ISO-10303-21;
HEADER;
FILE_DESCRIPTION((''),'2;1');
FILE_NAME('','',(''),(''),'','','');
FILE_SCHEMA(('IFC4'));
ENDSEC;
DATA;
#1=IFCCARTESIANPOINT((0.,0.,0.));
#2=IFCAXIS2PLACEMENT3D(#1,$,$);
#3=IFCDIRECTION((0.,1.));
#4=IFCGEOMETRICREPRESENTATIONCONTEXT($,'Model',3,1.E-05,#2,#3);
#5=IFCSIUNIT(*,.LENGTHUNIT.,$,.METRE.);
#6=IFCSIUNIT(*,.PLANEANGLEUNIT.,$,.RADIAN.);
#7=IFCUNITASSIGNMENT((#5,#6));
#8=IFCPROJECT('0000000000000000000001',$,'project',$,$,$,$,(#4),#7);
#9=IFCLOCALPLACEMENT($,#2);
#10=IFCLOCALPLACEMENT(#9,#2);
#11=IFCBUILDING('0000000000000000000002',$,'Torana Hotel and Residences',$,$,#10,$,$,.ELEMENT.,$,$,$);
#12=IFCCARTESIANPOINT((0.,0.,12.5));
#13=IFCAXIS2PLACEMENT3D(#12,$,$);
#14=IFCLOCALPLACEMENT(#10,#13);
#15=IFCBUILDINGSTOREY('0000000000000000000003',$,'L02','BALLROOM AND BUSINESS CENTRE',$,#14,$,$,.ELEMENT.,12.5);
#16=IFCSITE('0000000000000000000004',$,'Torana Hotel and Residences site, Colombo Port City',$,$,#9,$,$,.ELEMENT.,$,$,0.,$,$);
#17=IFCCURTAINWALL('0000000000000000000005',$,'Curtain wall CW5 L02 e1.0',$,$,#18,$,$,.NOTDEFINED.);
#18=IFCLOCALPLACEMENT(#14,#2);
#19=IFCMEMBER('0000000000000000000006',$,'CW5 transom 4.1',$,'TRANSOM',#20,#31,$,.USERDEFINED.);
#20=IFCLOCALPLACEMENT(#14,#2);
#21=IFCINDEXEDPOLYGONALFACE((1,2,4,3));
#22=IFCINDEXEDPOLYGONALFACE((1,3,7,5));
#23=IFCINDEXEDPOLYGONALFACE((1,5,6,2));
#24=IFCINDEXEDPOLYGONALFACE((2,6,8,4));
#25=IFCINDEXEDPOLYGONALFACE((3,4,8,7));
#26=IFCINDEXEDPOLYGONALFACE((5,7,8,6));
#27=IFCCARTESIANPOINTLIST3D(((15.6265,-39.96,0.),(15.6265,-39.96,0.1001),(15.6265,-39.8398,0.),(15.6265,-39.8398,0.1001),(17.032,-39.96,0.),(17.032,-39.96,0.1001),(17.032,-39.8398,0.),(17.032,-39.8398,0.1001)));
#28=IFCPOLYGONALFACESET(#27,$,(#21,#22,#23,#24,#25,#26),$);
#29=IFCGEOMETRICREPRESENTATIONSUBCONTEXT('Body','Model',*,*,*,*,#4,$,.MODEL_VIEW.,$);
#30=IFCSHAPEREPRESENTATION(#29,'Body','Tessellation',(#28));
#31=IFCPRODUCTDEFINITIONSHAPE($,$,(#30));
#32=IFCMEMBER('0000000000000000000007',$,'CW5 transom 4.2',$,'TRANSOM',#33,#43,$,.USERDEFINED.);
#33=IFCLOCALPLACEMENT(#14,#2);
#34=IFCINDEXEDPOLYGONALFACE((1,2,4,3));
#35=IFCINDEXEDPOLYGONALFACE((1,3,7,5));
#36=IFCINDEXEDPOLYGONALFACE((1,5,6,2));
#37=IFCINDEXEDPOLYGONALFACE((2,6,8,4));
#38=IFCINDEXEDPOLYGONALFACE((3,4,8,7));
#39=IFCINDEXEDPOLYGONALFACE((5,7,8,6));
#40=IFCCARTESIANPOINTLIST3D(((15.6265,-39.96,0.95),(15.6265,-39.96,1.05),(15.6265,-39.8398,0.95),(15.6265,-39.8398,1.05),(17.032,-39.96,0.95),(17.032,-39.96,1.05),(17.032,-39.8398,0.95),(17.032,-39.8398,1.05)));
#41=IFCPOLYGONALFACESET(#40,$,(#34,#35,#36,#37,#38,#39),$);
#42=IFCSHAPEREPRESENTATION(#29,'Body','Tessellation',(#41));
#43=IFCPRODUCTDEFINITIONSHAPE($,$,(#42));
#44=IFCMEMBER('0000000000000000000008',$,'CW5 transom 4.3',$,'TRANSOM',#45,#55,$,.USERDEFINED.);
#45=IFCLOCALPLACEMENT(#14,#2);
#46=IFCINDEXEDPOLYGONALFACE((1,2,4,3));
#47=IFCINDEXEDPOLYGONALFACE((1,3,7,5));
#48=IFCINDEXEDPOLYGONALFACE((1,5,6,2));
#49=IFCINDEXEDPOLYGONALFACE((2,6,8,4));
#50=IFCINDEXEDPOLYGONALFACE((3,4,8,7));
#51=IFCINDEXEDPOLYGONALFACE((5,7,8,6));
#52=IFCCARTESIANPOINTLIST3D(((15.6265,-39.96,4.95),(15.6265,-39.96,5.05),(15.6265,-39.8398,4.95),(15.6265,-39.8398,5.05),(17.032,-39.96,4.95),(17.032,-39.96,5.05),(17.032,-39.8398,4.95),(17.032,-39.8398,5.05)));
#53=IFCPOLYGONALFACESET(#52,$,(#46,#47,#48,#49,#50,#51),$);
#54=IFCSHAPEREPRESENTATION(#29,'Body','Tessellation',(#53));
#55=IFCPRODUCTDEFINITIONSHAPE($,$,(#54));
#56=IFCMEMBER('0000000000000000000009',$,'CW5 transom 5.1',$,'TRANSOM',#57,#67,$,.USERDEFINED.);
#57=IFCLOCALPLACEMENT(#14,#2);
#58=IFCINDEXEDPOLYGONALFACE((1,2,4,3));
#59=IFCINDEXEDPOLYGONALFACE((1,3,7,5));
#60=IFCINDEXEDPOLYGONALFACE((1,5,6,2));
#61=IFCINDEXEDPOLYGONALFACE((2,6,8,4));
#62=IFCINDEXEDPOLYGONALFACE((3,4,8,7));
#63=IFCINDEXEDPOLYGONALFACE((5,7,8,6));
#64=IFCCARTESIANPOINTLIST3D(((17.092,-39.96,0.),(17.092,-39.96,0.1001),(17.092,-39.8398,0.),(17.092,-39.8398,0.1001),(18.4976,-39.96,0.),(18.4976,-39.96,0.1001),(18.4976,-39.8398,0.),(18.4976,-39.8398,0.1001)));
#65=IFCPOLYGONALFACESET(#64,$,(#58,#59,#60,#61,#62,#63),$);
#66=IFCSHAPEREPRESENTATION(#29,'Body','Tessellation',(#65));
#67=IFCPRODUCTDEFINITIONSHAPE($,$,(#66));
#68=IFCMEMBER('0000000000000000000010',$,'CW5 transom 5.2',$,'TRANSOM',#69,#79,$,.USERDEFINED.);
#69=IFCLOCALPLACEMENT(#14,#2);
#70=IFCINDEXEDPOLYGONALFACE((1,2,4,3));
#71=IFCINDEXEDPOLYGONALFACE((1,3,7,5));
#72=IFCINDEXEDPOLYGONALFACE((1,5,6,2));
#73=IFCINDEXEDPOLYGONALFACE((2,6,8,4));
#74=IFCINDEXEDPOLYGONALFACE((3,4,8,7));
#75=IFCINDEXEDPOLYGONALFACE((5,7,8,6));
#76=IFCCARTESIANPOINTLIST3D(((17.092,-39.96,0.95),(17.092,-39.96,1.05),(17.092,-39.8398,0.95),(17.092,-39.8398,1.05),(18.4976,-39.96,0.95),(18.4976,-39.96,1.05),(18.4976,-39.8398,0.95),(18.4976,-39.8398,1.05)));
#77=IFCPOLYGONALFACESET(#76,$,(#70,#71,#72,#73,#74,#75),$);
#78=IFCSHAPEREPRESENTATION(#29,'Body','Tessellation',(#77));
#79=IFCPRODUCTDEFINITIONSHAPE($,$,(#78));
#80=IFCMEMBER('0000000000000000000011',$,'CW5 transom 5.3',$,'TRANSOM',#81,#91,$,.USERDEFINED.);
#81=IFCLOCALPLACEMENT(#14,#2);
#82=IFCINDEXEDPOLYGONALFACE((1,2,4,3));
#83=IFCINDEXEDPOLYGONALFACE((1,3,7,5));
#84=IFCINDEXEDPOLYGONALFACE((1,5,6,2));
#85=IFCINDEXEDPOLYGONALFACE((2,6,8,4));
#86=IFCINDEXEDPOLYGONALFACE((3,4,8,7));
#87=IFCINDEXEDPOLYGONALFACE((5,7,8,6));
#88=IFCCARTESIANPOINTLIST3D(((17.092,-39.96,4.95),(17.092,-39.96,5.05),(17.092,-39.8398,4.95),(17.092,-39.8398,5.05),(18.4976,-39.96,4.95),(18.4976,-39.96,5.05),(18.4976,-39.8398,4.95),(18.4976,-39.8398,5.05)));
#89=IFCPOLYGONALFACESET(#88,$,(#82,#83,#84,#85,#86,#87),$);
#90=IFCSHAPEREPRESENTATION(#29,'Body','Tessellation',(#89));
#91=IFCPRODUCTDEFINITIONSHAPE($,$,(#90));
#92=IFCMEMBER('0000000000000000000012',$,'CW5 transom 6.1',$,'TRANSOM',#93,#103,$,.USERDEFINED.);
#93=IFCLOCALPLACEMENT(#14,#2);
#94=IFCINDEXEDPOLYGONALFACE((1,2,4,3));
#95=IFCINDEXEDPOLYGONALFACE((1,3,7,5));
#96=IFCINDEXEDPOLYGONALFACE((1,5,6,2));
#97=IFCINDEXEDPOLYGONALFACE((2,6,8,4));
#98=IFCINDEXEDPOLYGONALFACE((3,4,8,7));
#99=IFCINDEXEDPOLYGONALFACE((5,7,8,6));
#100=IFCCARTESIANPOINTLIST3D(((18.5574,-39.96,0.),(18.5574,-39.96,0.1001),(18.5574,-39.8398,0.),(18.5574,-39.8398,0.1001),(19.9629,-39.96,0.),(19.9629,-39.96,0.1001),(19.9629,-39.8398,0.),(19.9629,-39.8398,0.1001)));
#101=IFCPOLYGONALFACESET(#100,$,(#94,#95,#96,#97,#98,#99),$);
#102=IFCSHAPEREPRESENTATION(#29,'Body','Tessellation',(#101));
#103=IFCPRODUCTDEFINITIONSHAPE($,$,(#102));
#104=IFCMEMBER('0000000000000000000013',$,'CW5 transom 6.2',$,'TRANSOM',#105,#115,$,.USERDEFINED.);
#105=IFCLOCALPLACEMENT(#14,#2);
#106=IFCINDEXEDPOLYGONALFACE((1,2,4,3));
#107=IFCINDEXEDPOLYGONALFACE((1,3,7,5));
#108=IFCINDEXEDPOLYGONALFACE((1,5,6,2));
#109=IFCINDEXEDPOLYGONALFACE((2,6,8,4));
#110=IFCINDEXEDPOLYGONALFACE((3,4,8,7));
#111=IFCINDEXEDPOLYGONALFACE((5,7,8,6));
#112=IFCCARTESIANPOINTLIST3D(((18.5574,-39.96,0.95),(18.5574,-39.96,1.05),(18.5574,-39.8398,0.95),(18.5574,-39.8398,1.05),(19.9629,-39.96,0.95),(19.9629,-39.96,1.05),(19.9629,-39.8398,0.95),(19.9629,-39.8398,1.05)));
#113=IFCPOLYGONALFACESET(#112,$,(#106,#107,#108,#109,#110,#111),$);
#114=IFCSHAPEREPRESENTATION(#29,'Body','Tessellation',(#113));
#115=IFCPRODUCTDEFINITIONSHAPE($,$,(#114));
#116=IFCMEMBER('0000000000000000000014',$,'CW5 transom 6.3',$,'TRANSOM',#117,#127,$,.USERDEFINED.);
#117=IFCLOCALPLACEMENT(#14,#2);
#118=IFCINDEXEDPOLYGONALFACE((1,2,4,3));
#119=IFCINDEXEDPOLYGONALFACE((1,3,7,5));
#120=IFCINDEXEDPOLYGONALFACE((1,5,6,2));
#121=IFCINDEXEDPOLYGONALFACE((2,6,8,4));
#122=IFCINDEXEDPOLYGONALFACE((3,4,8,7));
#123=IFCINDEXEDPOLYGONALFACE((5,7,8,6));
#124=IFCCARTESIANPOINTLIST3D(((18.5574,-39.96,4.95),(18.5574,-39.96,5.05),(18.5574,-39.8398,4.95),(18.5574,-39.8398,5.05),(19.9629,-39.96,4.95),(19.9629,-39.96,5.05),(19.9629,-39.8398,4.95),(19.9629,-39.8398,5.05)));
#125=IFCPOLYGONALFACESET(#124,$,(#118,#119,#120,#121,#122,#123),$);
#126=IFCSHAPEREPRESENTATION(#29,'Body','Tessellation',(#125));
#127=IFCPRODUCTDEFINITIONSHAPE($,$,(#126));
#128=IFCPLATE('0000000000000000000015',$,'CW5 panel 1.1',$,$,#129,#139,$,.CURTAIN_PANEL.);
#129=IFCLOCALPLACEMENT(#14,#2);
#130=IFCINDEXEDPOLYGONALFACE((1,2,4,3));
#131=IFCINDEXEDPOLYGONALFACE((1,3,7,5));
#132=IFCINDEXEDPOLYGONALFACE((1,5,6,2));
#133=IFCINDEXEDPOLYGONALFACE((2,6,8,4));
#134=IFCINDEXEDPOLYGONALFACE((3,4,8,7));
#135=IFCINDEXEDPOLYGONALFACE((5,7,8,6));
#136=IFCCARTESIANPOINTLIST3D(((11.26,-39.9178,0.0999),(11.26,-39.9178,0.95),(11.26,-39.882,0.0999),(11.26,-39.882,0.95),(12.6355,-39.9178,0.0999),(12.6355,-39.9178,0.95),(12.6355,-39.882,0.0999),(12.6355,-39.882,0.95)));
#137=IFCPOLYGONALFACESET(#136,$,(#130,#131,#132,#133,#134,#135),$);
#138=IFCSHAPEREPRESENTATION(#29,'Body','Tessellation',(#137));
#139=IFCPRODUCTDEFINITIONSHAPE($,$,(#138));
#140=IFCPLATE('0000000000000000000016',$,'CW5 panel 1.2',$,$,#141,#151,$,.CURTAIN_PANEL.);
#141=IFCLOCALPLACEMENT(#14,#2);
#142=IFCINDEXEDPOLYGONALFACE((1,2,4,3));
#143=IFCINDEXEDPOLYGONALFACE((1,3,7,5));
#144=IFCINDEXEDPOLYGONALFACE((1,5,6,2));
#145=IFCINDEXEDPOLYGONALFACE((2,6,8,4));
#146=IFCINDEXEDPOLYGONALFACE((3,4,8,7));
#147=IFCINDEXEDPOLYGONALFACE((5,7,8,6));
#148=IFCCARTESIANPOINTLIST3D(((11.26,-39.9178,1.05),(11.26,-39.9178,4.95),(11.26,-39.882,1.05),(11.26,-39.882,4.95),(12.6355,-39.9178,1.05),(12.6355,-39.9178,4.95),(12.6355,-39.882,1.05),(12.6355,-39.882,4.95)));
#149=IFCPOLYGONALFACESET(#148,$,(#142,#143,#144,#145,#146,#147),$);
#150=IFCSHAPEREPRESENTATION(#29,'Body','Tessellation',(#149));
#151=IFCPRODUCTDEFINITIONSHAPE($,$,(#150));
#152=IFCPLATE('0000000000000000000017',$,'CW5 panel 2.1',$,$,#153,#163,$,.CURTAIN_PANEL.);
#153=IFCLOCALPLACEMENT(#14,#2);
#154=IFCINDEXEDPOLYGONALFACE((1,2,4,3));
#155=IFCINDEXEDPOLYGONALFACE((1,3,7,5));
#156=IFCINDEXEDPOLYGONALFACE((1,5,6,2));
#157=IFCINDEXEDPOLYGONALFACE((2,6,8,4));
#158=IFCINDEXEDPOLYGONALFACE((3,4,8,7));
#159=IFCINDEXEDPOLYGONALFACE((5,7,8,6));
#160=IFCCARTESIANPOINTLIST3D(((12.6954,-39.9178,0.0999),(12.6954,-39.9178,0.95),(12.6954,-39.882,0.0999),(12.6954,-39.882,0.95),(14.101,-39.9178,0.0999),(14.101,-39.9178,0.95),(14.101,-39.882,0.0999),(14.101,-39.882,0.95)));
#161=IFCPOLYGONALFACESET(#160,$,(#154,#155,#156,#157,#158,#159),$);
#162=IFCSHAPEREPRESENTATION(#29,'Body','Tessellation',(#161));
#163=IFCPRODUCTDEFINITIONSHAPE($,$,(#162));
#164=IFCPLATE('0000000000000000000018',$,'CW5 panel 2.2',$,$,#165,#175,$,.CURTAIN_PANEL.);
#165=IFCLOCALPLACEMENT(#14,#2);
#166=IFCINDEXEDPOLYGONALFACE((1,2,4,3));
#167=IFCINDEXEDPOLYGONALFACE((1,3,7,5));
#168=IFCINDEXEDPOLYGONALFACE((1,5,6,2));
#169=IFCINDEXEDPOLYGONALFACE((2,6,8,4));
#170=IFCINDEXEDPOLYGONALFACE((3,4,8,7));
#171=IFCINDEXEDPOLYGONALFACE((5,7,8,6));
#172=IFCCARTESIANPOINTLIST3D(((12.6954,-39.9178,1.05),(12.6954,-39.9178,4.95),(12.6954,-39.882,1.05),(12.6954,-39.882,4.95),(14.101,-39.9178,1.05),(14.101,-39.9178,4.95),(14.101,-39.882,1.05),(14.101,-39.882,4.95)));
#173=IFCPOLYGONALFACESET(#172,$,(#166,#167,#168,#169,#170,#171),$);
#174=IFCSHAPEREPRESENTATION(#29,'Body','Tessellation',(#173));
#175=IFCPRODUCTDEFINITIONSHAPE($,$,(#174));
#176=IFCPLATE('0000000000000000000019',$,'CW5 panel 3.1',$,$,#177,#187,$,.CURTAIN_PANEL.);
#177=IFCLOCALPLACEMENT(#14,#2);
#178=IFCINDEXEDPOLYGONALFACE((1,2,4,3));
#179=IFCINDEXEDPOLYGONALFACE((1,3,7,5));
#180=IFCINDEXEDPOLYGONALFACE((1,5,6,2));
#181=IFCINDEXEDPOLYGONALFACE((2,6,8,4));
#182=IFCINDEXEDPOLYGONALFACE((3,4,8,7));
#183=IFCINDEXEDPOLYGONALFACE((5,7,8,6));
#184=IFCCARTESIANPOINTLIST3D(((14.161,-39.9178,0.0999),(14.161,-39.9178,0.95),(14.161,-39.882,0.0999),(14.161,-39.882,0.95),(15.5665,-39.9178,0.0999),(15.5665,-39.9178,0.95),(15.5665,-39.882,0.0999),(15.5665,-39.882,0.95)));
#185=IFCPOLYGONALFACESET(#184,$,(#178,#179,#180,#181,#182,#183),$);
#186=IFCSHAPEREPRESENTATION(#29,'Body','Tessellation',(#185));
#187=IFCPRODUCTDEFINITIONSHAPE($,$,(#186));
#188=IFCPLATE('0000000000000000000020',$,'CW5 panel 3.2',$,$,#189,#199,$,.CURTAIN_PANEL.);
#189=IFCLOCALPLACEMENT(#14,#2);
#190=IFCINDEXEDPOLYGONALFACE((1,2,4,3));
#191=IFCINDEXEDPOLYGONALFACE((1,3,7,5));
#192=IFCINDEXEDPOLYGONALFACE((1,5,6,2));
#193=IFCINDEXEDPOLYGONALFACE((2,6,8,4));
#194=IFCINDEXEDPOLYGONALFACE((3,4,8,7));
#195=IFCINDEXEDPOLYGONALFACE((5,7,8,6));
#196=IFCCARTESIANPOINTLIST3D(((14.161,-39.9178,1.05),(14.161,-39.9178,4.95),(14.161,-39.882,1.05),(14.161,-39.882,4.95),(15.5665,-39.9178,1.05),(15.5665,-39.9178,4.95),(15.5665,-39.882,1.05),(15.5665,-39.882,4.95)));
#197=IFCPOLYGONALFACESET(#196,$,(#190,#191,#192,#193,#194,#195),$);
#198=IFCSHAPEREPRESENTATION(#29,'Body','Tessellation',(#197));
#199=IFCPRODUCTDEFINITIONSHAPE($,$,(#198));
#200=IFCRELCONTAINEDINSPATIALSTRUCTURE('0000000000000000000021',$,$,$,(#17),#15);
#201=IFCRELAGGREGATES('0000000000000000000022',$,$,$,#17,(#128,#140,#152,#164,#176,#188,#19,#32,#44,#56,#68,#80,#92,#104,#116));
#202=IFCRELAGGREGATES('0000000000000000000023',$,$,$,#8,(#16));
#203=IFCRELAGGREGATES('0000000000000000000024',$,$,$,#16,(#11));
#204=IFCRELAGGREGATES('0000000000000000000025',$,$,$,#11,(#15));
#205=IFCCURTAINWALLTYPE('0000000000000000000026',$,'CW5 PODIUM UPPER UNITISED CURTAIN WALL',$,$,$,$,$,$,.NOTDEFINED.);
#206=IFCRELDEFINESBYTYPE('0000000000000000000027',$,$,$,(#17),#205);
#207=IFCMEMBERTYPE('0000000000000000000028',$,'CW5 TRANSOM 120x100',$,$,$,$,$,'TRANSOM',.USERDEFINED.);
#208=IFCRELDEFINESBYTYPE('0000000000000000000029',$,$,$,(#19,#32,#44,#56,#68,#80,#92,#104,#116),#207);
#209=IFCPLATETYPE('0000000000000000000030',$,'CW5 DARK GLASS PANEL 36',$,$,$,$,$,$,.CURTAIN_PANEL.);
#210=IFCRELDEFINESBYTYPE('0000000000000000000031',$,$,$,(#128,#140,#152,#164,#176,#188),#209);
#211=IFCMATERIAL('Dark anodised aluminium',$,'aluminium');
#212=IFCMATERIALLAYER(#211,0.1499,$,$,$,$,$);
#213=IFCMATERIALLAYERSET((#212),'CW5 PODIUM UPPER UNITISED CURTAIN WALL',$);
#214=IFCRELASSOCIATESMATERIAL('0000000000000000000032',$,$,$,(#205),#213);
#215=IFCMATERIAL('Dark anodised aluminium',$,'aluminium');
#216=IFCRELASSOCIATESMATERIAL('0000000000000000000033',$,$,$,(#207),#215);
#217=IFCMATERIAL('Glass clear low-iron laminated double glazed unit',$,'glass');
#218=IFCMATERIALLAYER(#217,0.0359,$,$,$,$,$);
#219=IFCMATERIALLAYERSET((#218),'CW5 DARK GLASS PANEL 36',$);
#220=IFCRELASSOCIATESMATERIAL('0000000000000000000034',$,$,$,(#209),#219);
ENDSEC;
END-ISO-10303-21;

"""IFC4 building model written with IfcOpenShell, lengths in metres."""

from ifc_helpers import new_model, si_unit, direction, frame, origin, origin_2d, place, context, subcontext, project, spatial, rectangle, extrude, material, layer, layer_set, material_profile, profile_set, type_object, element, aggregate, save


model = new_model("IFC4")

# Units and contexts
model_context = context("Model", 3, precision=1e-05, world=origin(), true_north=direction((0.0, 1.0)))
body_context = subcontext(model_context, "Body", "Model", "MODEL_VIEW")
ifc_project = project(units=[si_unit("LENGTHUNIT", "METRE"), si_unit("PLANEANGLEUNIT", "RADIAN")], contexts=[model_context])

# Site, building, storey
site_placement = place(None, origin())
site = spatial("IfcSite", under=ifc_project, at=site_placement, Name="Torana Hotel and Residences site, Colombo Port City", CompositionType="ELEMENT", RefElevation=0.0)
building_placement = place(site_placement, origin())
building = spatial("IfcBuilding", under=site, at=building_placement, Name="Torana Hotel and Residences", CompositionType="ELEMENT")
storey_placement = place(building_placement, frame((0.0, 0.0, 12.5)))
storey = spatial("IfcBuildingStorey", under=building, at=storey_placement, Name="L02", Description="BALLROOM AND BUSINESS CENTRE", CompositionType="ELEMENT", Elevation=12.5)

# Curtain wall, members, plates
ifc_material_1 = material(Name="Dark anodised aluminium", Category="aluminium")
ifc_layer_1 = layer(ifc_material_1, 0.1499)
ifc_layer_set_1 = layer_set([ifc_layer_1], Name="CW5 PODIUM UPPER UNITISED CURTAIN WALL")
curtain_wall_type = type_object("IfcCurtainWallType", Name="CW5 PODIUM UPPER UNITISED CURTAIN WALL", PredefinedType="NOTDEFINED", material=ifc_layer_set_1)
curtain_wall_placement = place(storey_placement, origin())
curtain_wall = element("IfcCurtainWall", 1, at=curtain_wall_placement, inside=storey, type_object=curtain_wall_type, Name="Curtain wall CW5 L02 e1.0", PredefinedType="NOTDEFINED")
ifc_material_2 = material(Name="Dark anodised aluminium", Category="aluminium")
ifc_material_profile_1 = material_profile(ifc_material_2, rectangle(XDim=0.1201, YDim=0.1001, at=origin_2d()), Name="CW5 TRANSOM 120x100")
ifc_profile_set_1 = profile_set([ifc_material_profile_1], Name="Dark anodised aluminium")
member_type_1 = type_object("IfcMemberType", Name="CW5 TRANSOM 120x100", ElementType="TRANSOM", PredefinedType="USERDEFINED", material=ifc_profile_set_1)
member_1_placement = place(storey_placement, frame((15.6265, -39.8999, 0.05), z_axis=(1.0, 0.0, 0.0), x_axis=(0.0, 1.0, 0.0)))
member_1 = element("IfcMember", 2, at=member_1_placement, type_object=member_type_1, Name="CW5 transom 4.1", ObjectType="TRANSOM", PredefinedType="USERDEFINED", context=body_context, shape_type="SweptSolid", body=[
    extrude(rectangle(XDim=0.1201, YDim=0.1001, at=origin_2d()), origin(), (0.0, 0.0, 1.0), 1.4055),
])
member_2_placement = place(storey_placement, frame((15.6265, -39.8999, 1.0), z_axis=(1.0, 0.0, 0.0), x_axis=(0.0, 1.0, 0.0)))
member_2 = element("IfcMember", 3, at=member_2_placement, type_object=member_type_1, Name="CW5 transom 4.2", ObjectType="TRANSOM", PredefinedType="USERDEFINED", context=body_context, shape_type="SweptSolid", body=[
    extrude(rectangle(XDim=0.1201, YDim=0.1001, at=origin_2d()), origin(), (0.0, 0.0, 1.0), 1.4055),
])
member_3_placement = place(storey_placement, frame((15.6265, -39.8999, 5.0), z_axis=(1.0, 0.0, 0.0), x_axis=(0.0, 1.0, 0.0)))
member_3 = element("IfcMember", 4, at=member_3_placement, type_object=member_type_1, Name="CW5 transom 4.3", ObjectType="TRANSOM", PredefinedType="USERDEFINED", context=body_context, shape_type="SweptSolid", body=[
    extrude(rectangle(XDim=0.1201, YDim=0.1001, at=origin_2d()), origin(), (0.0, 0.0, 1.0), 1.4055),
])
member_4_placement = place(storey_placement, frame((17.092, -39.8999, 0.05), z_axis=(1.0, 0.0, 0.0), x_axis=(0.0, 1.0, 0.0)))
member_4 = element("IfcMember", 5, at=member_4_placement, type_object=member_type_1, Name="CW5 transom 5.1", ObjectType="TRANSOM", PredefinedType="USERDEFINED", context=body_context, shape_type="SweptSolid", body=[
    extrude(rectangle(XDim=0.1201, YDim=0.1001, at=origin_2d()), origin(), (0.0, 0.0, 1.0), 1.4055),
])
member_5_placement = place(storey_placement, frame((17.092, -39.8999, 1.0), z_axis=(1.0, 0.0, 0.0), x_axis=(0.0, 1.0, 0.0)))
member_5 = element("IfcMember", 6, at=member_5_placement, type_object=member_type_1, Name="CW5 transom 5.2", ObjectType="TRANSOM", PredefinedType="USERDEFINED", context=body_context, shape_type="SweptSolid", body=[
    extrude(rectangle(XDim=0.1201, YDim=0.1001, at=origin_2d()), origin(), (0.0, 0.0, 1.0), 1.4055),
])
member_6_placement = place(storey_placement, frame((17.092, -39.8999, 5.0), z_axis=(1.0, 0.0, 0.0), x_axis=(0.0, 1.0, 0.0)))
member_6 = element("IfcMember", 7, at=member_6_placement, type_object=member_type_1, Name="CW5 transom 5.3", ObjectType="TRANSOM", PredefinedType="USERDEFINED", context=body_context, shape_type="SweptSolid", body=[
    extrude(rectangle(XDim=0.1201, YDim=0.1001, at=origin_2d()), origin(), (0.0, 0.0, 1.0), 1.4055),
])
member_7_placement = place(storey_placement, frame((18.5574, -39.8999, 0.05), z_axis=(1.0, 0.0, 0.0), x_axis=(0.0, 1.0, 0.0)))
member_7 = element("IfcMember", 8, at=member_7_placement, type_object=member_type_1, Name="CW5 transom 6.1", ObjectType="TRANSOM", PredefinedType="USERDEFINED", context=body_context, shape_type="SweptSolid", body=[
    extrude(rectangle(XDim=0.1201, YDim=0.1001, at=origin_2d()), origin(), (0.0, 0.0, 1.0), 1.4055),
])
member_8_placement = place(storey_placement, frame((18.5574, -39.8999, 1.0), z_axis=(1.0, 0.0, 0.0), x_axis=(0.0, 1.0, 0.0)))
member_8 = element("IfcMember", 9, at=member_8_placement, type_object=member_type_1, Name="CW5 transom 6.2", ObjectType="TRANSOM", PredefinedType="USERDEFINED", context=body_context, shape_type="SweptSolid", body=[
    extrude(rectangle(XDim=0.1201, YDim=0.1001, at=origin_2d()), origin(), (0.0, 0.0, 1.0), 1.4055),
])
member_9_placement = place(storey_placement, frame((18.5574, -39.8999, 5.0), z_axis=(1.0, 0.0, 0.0), x_axis=(0.0, 1.0, 0.0)))
member_9 = element("IfcMember", 10, at=member_9_placement, type_object=member_type_1, Name="CW5 transom 6.3", ObjectType="TRANSOM", PredefinedType="USERDEFINED", context=body_context, shape_type="SweptSolid", body=[
    extrude(rectangle(XDim=0.1201, YDim=0.1001, at=origin_2d()), origin(), (0.0, 0.0, 1.0), 1.4055),
])
ifc_material_3 = material(Name="Glass clear low-iron laminated double glazed unit", Category="glass")
ifc_layer_2 = layer(ifc_material_3, 0.0359)
ifc_layer_set_2 = layer_set([ifc_layer_2], Name="CW5 DARK GLASS PANEL 36")
plate_type = type_object("IfcPlateType", Name="CW5 DARK GLASS PANEL 36", PredefinedType="CURTAIN_PANEL", material=ifc_layer_set_2)
plate_1_placement = place(storey_placement, frame((11.9478, -39.8999, 0.0999), z_axis=(0.0, 0.0, 1.0), x_axis=(1.0, 0.0, 0.0)))
plate_1 = element("IfcPlate", 11, at=plate_1_placement, type_object=plate_type, Name="CW5 panel 1.1", PredefinedType="CURTAIN_PANEL", context=body_context, shape_type="SweptSolid", body=[
    extrude(rectangle(XDim=1.3755, YDim=0.0359, at=origin_2d()), origin(), (0.0, 0.0, 1.0), 0.8501),
])
plate_2_placement = place(storey_placement, frame((11.9478, -39.8999, 1.05), z_axis=(0.0, 0.0, 1.0), x_axis=(1.0, 0.0, 0.0)))
plate_2 = element("IfcPlate", 12, at=plate_2_placement, type_object=plate_type, Name="CW5 panel 1.2", PredefinedType="CURTAIN_PANEL", context=body_context, shape_type="SweptSolid", body=[
    extrude(rectangle(XDim=1.3755, YDim=0.0359, at=origin_2d()), origin(), (0.0, 0.0, 1.0), 3.8999),
])
plate_3_placement = place(storey_placement, frame((13.3982, -39.8999, 0.0999), z_axis=(0.0, 0.0, 1.0), x_axis=(1.0, 0.0, 0.0)))
plate_3 = element("IfcPlate", 13, at=plate_3_placement, type_object=plate_type, Name="CW5 panel 2.1", PredefinedType="CURTAIN_PANEL", context=body_context, shape_type="SweptSolid", body=[
    extrude(rectangle(XDim=1.4055, YDim=0.0359, at=origin_2d()), origin(), (0.0, 0.0, 1.0), 0.8501),
])
plate_4_placement = place(storey_placement, frame((13.3982, -39.8999, 1.05), z_axis=(0.0, 0.0, 1.0), x_axis=(1.0, 0.0, 0.0)))
plate_4 = element("IfcPlate", 14, at=plate_4_placement, type_object=plate_type, Name="CW5 panel 2.2", PredefinedType="CURTAIN_PANEL", context=body_context, shape_type="SweptSolid", body=[
    extrude(rectangle(XDim=1.4055, YDim=0.0359, at=origin_2d()), origin(), (0.0, 0.0, 1.0), 3.8999),
])
plate_5_placement = place(storey_placement, frame((14.8638, -39.8999, 0.0999), z_axis=(0.0, 0.0, 1.0), x_axis=(1.0, 0.0, 0.0)))
plate_5 = element("IfcPlate", 15, at=plate_5_placement, type_object=plate_type, Name="CW5 panel 3.1", PredefinedType="CURTAIN_PANEL", context=body_context, shape_type="SweptSolid", body=[
    extrude(rectangle(XDim=1.4055, YDim=0.0359, at=origin_2d()), origin(), (0.0, 0.0, 1.0), 0.8501),
])
plate_6_placement = place(storey_placement, frame((14.8638, -39.8999, 1.05), z_axis=(0.0, 0.0, 1.0), x_axis=(1.0, 0.0, 0.0)))
plate_6 = element("IfcPlate", 16, at=plate_6_placement, type_object=plate_type, Name="CW5 panel 3.2", PredefinedType="CURTAIN_PANEL", context=body_context, shape_type="SweptSolid", body=[
    extrude(rectangle(XDim=1.4055, YDim=0.0359, at=origin_2d()), origin(), (0.0, 0.0, 1.0), 3.8999),
])
aggregate(curtain_wall, [plate_1, plate_2, plate_3, plate_4, plate_5, plate_6, member_1, member_2, member_3, member_4, member_5, member_6, member_7, member_8, member_9])

save(model, "model.ifc")
